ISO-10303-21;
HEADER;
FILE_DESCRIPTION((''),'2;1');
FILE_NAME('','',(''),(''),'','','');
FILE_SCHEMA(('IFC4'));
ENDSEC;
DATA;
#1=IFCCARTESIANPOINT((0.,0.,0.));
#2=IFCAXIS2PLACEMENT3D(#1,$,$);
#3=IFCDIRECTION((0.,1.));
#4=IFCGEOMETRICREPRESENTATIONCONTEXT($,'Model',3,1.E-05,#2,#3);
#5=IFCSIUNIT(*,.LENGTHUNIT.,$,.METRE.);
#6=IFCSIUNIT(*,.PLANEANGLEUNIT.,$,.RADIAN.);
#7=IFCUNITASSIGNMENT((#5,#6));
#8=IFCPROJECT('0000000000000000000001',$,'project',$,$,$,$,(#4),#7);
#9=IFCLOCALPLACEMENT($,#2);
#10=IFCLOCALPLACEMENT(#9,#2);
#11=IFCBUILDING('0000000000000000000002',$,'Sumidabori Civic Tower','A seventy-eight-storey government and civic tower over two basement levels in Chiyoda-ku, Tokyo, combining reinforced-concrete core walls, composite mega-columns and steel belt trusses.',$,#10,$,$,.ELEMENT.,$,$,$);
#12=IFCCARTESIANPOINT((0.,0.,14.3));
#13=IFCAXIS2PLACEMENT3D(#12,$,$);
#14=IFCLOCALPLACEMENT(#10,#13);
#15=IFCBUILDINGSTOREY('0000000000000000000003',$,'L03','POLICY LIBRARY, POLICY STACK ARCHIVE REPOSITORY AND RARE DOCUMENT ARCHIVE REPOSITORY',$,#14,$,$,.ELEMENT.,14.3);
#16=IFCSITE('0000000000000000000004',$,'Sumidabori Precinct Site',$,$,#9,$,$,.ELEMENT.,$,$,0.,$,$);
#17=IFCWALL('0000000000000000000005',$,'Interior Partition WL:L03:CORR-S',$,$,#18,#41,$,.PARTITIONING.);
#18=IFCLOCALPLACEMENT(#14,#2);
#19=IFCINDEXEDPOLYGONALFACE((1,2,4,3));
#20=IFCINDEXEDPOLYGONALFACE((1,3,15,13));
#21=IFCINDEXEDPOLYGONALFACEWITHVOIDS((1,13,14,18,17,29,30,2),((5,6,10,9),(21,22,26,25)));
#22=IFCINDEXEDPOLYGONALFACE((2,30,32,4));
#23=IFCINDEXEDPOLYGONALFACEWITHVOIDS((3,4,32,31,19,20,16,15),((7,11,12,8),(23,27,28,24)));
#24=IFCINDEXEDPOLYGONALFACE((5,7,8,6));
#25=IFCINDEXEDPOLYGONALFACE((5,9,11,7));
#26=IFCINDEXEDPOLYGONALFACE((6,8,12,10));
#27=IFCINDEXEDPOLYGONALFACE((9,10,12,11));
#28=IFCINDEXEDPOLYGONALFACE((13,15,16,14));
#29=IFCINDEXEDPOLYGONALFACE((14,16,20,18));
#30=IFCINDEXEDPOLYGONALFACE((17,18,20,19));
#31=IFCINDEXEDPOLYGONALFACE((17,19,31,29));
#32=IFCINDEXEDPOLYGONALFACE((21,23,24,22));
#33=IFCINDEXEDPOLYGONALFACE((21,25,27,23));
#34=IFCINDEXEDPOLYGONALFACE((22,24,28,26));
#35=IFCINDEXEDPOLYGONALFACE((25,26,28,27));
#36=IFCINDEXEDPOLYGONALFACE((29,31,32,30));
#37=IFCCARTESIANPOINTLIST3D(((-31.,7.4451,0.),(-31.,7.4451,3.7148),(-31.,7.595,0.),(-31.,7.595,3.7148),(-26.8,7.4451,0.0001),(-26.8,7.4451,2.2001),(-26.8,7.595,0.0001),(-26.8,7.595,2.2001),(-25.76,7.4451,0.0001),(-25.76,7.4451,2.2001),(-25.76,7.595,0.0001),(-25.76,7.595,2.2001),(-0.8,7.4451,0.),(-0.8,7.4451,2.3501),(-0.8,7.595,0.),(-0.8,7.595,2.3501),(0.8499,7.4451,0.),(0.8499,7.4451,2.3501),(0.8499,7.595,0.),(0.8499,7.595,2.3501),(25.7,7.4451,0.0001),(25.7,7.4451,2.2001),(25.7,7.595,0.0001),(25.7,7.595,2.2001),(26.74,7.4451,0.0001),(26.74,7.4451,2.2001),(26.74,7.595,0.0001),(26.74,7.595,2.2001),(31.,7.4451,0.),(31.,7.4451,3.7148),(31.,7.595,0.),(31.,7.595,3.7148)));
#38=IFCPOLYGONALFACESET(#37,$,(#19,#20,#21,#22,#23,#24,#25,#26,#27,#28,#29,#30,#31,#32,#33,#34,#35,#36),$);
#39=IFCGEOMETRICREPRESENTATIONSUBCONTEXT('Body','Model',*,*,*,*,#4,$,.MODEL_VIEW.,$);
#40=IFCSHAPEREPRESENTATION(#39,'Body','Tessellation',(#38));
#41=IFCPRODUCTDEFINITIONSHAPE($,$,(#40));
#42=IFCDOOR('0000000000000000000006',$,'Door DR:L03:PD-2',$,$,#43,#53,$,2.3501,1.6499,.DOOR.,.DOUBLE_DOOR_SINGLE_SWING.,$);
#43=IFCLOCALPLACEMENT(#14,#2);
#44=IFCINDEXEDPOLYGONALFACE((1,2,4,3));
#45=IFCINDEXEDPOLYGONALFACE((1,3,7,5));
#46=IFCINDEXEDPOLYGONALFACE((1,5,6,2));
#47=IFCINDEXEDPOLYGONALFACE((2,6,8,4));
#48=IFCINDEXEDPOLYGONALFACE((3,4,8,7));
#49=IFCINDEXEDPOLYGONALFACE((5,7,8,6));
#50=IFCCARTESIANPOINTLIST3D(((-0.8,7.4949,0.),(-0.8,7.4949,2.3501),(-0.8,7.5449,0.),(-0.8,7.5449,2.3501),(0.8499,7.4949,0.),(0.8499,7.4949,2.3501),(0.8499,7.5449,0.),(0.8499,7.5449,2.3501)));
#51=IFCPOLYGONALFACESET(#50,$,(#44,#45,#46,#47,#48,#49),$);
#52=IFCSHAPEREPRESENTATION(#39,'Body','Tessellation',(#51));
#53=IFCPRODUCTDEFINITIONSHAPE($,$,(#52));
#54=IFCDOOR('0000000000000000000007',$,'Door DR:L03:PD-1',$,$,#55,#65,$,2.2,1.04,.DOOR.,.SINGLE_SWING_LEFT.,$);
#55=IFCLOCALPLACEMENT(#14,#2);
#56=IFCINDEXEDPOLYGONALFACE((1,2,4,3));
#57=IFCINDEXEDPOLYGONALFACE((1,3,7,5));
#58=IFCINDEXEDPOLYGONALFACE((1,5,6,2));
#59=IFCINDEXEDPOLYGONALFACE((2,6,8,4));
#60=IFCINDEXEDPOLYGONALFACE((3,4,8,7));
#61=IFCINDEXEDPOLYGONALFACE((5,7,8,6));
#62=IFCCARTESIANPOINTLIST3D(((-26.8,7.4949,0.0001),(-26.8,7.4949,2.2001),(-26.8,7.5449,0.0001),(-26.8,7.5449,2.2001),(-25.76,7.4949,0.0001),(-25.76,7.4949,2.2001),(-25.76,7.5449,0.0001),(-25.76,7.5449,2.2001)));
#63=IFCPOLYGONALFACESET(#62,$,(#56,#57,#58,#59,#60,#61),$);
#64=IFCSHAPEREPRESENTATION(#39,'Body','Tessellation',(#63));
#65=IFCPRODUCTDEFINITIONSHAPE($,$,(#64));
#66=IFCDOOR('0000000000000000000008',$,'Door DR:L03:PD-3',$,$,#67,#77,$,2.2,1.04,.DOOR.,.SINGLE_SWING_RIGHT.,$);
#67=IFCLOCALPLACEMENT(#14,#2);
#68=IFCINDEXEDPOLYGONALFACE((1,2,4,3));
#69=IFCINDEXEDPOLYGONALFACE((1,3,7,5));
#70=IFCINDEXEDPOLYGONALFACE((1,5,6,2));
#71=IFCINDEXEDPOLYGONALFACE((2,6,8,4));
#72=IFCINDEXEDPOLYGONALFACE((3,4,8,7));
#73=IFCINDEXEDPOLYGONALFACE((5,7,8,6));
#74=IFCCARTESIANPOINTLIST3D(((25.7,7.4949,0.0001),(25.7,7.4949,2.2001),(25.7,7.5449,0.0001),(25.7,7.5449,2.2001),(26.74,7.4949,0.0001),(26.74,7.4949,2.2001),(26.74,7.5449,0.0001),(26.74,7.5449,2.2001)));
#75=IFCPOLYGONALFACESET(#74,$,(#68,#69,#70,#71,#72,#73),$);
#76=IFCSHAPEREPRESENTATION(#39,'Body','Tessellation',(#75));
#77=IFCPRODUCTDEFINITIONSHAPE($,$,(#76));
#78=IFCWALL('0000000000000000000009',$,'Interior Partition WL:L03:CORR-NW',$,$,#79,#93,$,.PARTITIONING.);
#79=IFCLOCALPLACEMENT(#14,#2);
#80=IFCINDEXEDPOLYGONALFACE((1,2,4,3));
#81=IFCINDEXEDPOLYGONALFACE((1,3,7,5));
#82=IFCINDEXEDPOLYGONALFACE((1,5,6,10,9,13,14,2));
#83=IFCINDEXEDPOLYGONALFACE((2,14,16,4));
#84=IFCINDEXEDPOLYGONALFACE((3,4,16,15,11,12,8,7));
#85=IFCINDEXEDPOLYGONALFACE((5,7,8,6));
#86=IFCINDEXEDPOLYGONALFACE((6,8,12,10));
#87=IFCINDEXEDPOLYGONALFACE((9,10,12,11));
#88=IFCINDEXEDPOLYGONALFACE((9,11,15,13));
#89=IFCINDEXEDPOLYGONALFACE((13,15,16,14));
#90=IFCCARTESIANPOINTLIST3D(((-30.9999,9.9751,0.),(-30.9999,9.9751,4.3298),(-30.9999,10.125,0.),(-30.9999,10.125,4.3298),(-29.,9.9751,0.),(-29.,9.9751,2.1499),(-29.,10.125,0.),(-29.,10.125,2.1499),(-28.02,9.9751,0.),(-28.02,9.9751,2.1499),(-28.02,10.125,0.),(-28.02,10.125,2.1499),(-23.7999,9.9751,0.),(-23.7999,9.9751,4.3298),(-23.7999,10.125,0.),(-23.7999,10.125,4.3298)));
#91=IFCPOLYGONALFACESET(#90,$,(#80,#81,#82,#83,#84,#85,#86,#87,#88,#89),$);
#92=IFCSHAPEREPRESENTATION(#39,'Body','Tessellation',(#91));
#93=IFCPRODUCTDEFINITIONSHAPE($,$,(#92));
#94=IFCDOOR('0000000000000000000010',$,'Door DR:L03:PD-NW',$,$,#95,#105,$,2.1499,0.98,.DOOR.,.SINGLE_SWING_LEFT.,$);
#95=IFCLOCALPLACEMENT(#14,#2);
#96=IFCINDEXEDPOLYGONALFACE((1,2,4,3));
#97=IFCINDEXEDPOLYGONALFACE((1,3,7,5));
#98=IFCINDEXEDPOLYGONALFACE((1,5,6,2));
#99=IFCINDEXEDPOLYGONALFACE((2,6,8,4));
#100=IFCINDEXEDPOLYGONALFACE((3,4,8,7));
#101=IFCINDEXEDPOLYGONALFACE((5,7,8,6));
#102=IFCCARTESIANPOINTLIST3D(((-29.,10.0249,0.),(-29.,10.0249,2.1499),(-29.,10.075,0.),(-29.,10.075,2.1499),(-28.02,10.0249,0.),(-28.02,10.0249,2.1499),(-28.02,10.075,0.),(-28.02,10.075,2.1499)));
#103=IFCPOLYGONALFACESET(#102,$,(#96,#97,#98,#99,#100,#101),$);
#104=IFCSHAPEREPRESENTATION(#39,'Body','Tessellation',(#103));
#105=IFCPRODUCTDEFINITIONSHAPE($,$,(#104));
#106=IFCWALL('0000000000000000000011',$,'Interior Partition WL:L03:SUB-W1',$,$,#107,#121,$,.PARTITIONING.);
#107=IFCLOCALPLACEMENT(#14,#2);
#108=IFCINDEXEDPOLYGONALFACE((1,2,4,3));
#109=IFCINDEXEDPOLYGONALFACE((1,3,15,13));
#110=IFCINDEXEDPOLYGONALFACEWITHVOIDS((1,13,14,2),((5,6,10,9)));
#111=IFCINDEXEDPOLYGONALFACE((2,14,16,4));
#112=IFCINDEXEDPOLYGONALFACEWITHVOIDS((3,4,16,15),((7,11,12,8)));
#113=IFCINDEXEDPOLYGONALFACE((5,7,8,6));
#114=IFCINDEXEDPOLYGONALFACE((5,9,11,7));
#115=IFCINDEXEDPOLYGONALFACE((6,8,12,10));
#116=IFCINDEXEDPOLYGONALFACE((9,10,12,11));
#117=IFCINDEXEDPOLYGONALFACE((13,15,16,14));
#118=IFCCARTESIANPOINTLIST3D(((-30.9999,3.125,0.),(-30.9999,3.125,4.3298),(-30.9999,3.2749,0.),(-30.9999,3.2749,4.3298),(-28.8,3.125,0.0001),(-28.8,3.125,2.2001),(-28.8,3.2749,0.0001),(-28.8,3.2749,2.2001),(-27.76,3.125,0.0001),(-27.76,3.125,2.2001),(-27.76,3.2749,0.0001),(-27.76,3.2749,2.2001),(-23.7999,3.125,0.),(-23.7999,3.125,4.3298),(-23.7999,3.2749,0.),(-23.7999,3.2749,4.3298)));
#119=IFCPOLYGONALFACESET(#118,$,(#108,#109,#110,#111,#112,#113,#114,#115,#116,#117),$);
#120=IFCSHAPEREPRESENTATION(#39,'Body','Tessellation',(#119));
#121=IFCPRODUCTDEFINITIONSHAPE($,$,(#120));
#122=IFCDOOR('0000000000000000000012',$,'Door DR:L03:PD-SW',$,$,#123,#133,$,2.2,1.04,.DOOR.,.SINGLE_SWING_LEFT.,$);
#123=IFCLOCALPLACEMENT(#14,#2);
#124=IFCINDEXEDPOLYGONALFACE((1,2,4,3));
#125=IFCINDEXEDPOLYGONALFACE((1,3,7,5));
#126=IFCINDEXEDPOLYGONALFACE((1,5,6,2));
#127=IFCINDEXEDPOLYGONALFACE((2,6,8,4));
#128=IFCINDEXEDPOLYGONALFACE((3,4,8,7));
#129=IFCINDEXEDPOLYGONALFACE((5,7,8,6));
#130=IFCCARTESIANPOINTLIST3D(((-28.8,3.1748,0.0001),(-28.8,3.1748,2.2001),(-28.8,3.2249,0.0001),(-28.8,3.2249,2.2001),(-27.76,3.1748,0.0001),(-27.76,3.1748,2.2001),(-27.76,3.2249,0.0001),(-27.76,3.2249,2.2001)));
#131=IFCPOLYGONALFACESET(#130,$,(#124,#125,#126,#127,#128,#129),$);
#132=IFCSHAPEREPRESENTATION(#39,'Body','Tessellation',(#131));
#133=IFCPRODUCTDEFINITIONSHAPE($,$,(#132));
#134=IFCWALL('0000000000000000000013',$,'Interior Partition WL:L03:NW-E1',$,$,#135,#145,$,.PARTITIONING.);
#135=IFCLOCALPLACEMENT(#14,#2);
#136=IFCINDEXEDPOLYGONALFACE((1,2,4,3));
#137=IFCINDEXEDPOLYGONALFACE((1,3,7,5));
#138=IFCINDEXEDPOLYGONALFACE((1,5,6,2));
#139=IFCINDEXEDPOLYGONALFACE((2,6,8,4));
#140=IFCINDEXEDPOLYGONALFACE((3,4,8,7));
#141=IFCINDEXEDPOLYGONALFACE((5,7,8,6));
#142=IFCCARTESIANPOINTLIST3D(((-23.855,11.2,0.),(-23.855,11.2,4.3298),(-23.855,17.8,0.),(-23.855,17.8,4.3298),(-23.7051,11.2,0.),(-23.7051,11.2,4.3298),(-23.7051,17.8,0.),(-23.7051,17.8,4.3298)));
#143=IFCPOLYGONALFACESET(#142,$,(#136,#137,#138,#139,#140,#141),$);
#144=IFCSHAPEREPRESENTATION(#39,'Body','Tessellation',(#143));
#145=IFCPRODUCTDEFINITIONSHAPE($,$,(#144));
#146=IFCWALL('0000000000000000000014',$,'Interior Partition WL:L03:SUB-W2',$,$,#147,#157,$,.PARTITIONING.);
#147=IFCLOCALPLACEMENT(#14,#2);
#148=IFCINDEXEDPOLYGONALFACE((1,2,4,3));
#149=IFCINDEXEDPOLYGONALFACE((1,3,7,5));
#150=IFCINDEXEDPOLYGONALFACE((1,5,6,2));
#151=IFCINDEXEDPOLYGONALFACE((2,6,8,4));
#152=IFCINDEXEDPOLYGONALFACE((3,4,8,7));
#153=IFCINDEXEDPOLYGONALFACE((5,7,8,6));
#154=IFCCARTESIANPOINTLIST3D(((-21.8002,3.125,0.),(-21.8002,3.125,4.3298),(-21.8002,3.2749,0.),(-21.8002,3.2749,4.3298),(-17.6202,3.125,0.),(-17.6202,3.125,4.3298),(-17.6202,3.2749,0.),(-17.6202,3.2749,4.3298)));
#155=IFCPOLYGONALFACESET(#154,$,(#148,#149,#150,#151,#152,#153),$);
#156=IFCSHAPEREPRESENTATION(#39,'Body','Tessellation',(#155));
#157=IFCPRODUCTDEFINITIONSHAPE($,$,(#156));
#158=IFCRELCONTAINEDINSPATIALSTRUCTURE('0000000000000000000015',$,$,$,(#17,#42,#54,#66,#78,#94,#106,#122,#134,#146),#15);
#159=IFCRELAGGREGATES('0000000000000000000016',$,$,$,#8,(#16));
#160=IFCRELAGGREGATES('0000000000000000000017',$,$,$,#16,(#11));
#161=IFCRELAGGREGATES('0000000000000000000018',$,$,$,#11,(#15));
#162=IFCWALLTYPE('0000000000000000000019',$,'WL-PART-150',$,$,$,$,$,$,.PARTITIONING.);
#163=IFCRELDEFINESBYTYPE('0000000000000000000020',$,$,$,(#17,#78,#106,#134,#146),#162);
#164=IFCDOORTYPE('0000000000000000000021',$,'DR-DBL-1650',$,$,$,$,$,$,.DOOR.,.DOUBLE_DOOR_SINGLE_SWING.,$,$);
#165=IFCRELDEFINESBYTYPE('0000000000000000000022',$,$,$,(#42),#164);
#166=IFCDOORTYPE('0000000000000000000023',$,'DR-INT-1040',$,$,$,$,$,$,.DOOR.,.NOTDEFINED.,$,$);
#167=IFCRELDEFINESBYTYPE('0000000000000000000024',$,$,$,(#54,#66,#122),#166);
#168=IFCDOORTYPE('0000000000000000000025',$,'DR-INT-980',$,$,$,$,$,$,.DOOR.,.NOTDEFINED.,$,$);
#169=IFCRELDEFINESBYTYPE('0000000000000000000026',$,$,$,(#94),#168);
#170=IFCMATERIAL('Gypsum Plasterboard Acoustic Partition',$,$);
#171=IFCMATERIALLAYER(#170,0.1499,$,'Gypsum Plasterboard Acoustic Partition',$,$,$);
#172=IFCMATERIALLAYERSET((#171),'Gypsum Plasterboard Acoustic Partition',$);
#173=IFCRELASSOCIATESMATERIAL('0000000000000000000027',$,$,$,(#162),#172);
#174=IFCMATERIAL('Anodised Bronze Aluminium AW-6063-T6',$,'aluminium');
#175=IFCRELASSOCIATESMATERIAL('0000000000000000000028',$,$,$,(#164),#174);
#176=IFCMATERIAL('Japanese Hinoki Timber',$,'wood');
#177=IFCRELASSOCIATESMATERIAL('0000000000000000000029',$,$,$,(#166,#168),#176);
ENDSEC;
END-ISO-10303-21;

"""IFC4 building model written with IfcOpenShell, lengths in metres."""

from ifc_helpers import new_model, si_unit, direction, frame, frame_2d, origin, place, context, subcontext, project, spatial, rectangle, extrude, source, transform, mapped, material, layer, layer_set, type_object, element, fill, save


model = new_model("IFC4")

# Units and contexts
model_context = context("Model", 3, precision=1e-05, world=origin(), true_north=direction((0.0, 1.0)))
body_context = subcontext(model_context, "Body", "Model", "MODEL_VIEW")
ifc_project = project(units=[si_unit("LENGTHUNIT", "METRE"), si_unit("PLANEANGLEUNIT", "RADIAN")], contexts=[model_context])

# Site, building, storey
site_placement = place(None, origin())
site = spatial("IfcSite", under=ifc_project, at=site_placement, Name="Sumidabori Precinct Site", CompositionType="ELEMENT", RefElevation=0.0)
building_placement = place(site_placement, origin())
building = spatial("IfcBuilding", under=site, at=building_placement, Name="Sumidabori Civic Tower", Description="A seventy-eight-storey government and civic tower over two basement levels in Chiyoda-ku, Tokyo, combining reinforced-concrete core walls, composite mega-columns and steel belt trusses.", CompositionType="ELEMENT")
storey_placement = place(building_placement, frame((0.0, 0.0, 14.3)))
storey = spatial("IfcBuildingStorey", under=building, at=storey_placement, Name="L03", Description="POLICY LIBRARY, POLICY STACK ARCHIVE REPOSITORY AND RARE DOCUMENT ARCHIVE REPOSITORY", CompositionType="ELEMENT", Elevation=14.3)

# Wall, openings, doors
ifc_material_1 = material(Name="Gypsum Plasterboard Acoustic Partition")
ifc_layer_1 = layer(ifc_material_1, 0.1499, Name="Gypsum Plasterboard Acoustic Partition")
ifc_layer_set_1 = layer_set([ifc_layer_1], Name="Gypsum Plasterboard Acoustic Partition")
wall_type_1 = type_object("IfcWallType", Name="WL-PART-150", PredefinedType="PARTITIONING", material=ifc_layer_set_1)
shared_shape_1 = source(origin(), body_context, "Body", "SweptSolid", [
    extrude(rectangle(XDim=62.0, YDim=0.1499, at=frame_2d((31.0, 0.0))), origin(), (0.0, 0.0, 1.0), 3.7148),
])
wall_1_placement = place(storey_placement, frame((-31.0, 7.52, 0.0), z_axis=(0.0, 0.0, 1.0), x_axis=(1.0, 0.0, 0.0)))
wall_1 = element("IfcWall", 1, at=wall_1_placement, inside=storey, type_object=wall_type_1, Name="Interior Partition WL:L03:CORR-S", PredefinedType="PARTITIONING", context=body_context, shape_type="MappedRepresentation", body=[
    mapped(shared_shape_1, transform((0.0, 0.0, 0.0), x_axis=(1.0, 0.0, 0.0), y_axis=(0.0, 1.0, 0.0), z_axis=(0.0, 0.0, 1.0), scale=1.0)),
])
opening_1_placement = place(wall_1_placement, frame((4.2, 0.0, 0.0)))
opening_1 = element("IfcOpeningElement", 2, at=opening_1_placement, cuts=wall_1, PredefinedType="OPENING", context=body_context, shape_type="SweptSolid", body=[
    extrude(rectangle(XDim=1.04, YDim=2.2, at=frame_2d((0.52, 1.1001))), frame((0.0, 0.0869, 0.0), z_axis=(0.0, -1.0, 0.0), x_axis=(1.0, 0.0, 0.0)), (0.0, 0.0, 1.0), 0.1738),
])
opening_2_placement = place(wall_1_placement, frame((30.2, 0.0, 0.0)))
opening_2 = element("IfcOpeningElement", 3, at=opening_2_placement, cuts=wall_1, PredefinedType="OPENING", context=body_context, shape_type="SweptSolid", body=[
    extrude(rectangle(XDim=1.6499, YDim=2.3501, at=frame_2d((0.825, 1.175))), frame((0.0, 0.0869, 0.0), z_axis=(0.0, -1.0, 0.0), x_axis=(1.0, 0.0, 0.0)), (0.0, 0.0, 1.0), 0.1738),
])
opening_3_placement = place(wall_1_placement, frame((56.7, 0.0, 0.0)))
opening_3 = element("IfcOpeningElement", 4, at=opening_3_placement, cuts=wall_1, PredefinedType="OPENING", context=body_context, shape_type="SweptSolid", body=[
    extrude(rectangle(XDim=1.04, YDim=2.2, at=frame_2d((0.52, 1.1001))), frame((0.0, 0.0869, 0.0), z_axis=(0.0, -1.0, 0.0), x_axis=(1.0, 0.0, 0.0)), (0.0, 0.0, 1.0), 0.1738),
])
ifc_material_2 = material(Name="Anodised Bronze Aluminium AW-6063-T6", Category="aluminium")
door_type_1 = type_object("IfcDoorType", Name="DR-DBL-1650", OperationType="DOUBLE_DOOR_SINGLE_SWING", PredefinedType="DOOR", material=ifc_material_2)
shared_shape_2 = source(origin(), body_context, "Body", "SweptSolid", [
    extrude(rectangle(XDim=1.6499, YDim=2.3501, at=frame_2d((0.825, 1.175))), frame((0.0, 0.0249, 0.0), z_axis=(0.0, -1.0, 0.0), x_axis=(1.0, 0.0, 0.0)), (0.0, 0.0, 1.0), 0.05),
])
door_1_placement = place(opening_2_placement, origin())
door_1 = element("IfcDoor", 5, at=door_1_placement, inside=storey, type_object=door_type_1, Name="Door DR:L03:PD-2", OperationType="DOUBLE_DOOR_SINGLE_SWING", OverallHeight=2.3501, OverallWidth=1.6499, PredefinedType="DOOR", context=body_context, shape_type="MappedRepresentation", body=[
    mapped(shared_shape_2, transform((0.0, 0.0, 0.0), x_axis=(1.0, 0.0, 0.0), y_axis=(0.0, 1.0, 0.0), z_axis=(0.0, 0.0, 1.0), scale=1.0)),
])
fill(opening_2, door_1)
ifc_material_3 = material(Name="Japanese Hinoki Timber", Category="wood")
door_type_2 = type_object("IfcDoorType", Name="DR-INT-1040", OperationType="NOTDEFINED", PredefinedType="DOOR", material=ifc_material_3)
shared_shape_3 = source(origin(), body_context, "Body", "SweptSolid", [
    extrude(rectangle(XDim=1.04, YDim=2.2, at=frame_2d((0.52, 1.1001))), frame((0.0, 0.0249, 0.0), z_axis=(0.0, -1.0, 0.0), x_axis=(1.0, 0.0, 0.0)), (0.0, 0.0, 1.0), 0.05),
])
door_2_placement = place(opening_1_placement, origin())
door_2 = element("IfcDoor", 6, at=door_2_placement, inside=storey, type_object=door_type_2, Name="Door DR:L03:PD-1", OperationType="SINGLE_SWING_LEFT", OverallHeight=2.2, OverallWidth=1.04, PredefinedType="DOOR", context=body_context, shape_type="MappedRepresentation", body=[
    mapped(shared_shape_3, transform((0.0, 0.0, 0.0), x_axis=(1.0, 0.0, 0.0), y_axis=(0.0, 1.0, 0.0), z_axis=(0.0, 0.0, 1.0), scale=1.0)),
])
fill(opening_1, door_2)
door_3_placement = place(opening_3_placement, origin())
door_3 = element("IfcDoor", 7, at=door_3_placement, inside=storey, type_object=door_type_2, Name="Door DR:L03:PD-3", OperationType="SINGLE_SWING_RIGHT", OverallHeight=2.2, OverallWidth=1.04, PredefinedType="DOOR", context=body_context, shape_type="MappedRepresentation", body=[
    mapped(shared_shape_3, transform((0.0, 0.0, 0.0), x_axis=(1.0, 0.0, 0.0), y_axis=(0.0, 1.0, 0.0), z_axis=(0.0, 0.0, 1.0), scale=1.0)),
])
fill(opening_3, door_3)

# Walls, openings, doors
shared_shape_4 = source(origin(), body_context, "Body", "SweptSolid", [
    extrude(rectangle(XDim=7.2, YDim=0.1499, at=frame_2d((3.6001, 0.0))), origin(), (0.0, 0.0, 1.0), 4.3298),
])
wall_2_placement = place(storey_placement, frame((-31.0, 10.05, 0.0), z_axis=(0.0, 0.0, 1.0), x_axis=(1.0, 0.0, 0.0)))
wall_2 = element("IfcWall", 8, at=wall_2_placement, inside=storey, type_object=wall_type_1, Name="Interior Partition WL:L03:CORR-NW", PredefinedType="PARTITIONING", context=body_context, shape_type="MappedRepresentation", body=[
    mapped(shared_shape_4, transform((0.0, 0.0, 0.0), x_axis=(1.0, 0.0, 0.0), y_axis=(0.0, 1.0, 0.0), z_axis=(0.0, 0.0, 1.0), scale=1.0)),
])
opening_4_placement = place(wall_2_placement, frame((2.0, 0.0, 0.0)))
opening_4 = element("IfcOpeningElement", 9, at=opening_4_placement, cuts=wall_2, PredefinedType="OPENING", context=body_context, shape_type="SweptSolid", body=[
    extrude(rectangle(XDim=0.98, YDim=2.1499, at=frame_2d((0.49, 1.075))), frame((0.0, 0.0869, 0.0), z_axis=(0.0, -1.0, 0.0), x_axis=(1.0, 0.0, 0.0)), (0.0, 0.0, 1.0), 0.1738),
])
door_type_3 = type_object("IfcDoorType", Name="DR-INT-980", OperationType="NOTDEFINED", PredefinedType="DOOR", material=ifc_material_3)
shared_shape_5 = source(origin(), body_context, "Body", "SweptSolid", [
    extrude(rectangle(XDim=0.98, YDim=2.1499, at=frame_2d((0.49, 1.075))), frame((0.0, 0.0249, 0.0), z_axis=(0.0, -1.0, 0.0), x_axis=(1.0, 0.0, 0.0)), (0.0, 0.0, 1.0), 0.05),
])
door_4_placement = place(opening_4_placement, origin())
door_4 = element("IfcDoor", 10, at=door_4_placement, inside=storey, type_object=door_type_3, Name="Door DR:L03:PD-NW", OperationType="SINGLE_SWING_LEFT", OverallHeight=2.1499, OverallWidth=0.98, PredefinedType="DOOR", context=body_context, shape_type="MappedRepresentation", body=[
    mapped(shared_shape_5, transform((0.0, 0.0, 0.0), x_axis=(1.0, 0.0, 0.0), y_axis=(0.0, 1.0, 0.0), z_axis=(0.0, 0.0, 1.0), scale=1.0)),
])
fill(opening_4, door_4)
wall_3_placement = place(storey_placement, frame((-31.0, 3.2, 0.0), z_axis=(0.0, 0.0, 1.0), x_axis=(1.0, 0.0, 0.0)))
wall_3 = element("IfcWall", 11, at=wall_3_placement, inside=storey, type_object=wall_type_1, Name="Interior Partition WL:L03:SUB-W1", PredefinedType="PARTITIONING", context=body_context, shape_type="MappedRepresentation", body=[
    mapped(shared_shape_4, transform((0.0, 0.0, 0.0), x_axis=(1.0, 0.0, 0.0), y_axis=(0.0, 1.0, 0.0), z_axis=(0.0, 0.0, 1.0), scale=1.0)),
])
opening_5_placement = place(wall_3_placement, frame((2.2, 0.0, 0.0)))
opening_5 = element("IfcOpeningElement", 12, at=opening_5_placement, cuts=wall_3, PredefinedType="OPENING", context=body_context, shape_type="SweptSolid", body=[
    extrude(rectangle(XDim=1.04, YDim=2.2, at=frame_2d((0.52, 1.1001))), frame((0.0, 0.0869, 0.0), z_axis=(0.0, -1.0, 0.0), x_axis=(1.0, 0.0, 0.0)), (0.0, 0.0, 1.0), 0.1738),
])
door_5_placement = place(opening_5_placement, origin())
door_5 = element("IfcDoor", 13, at=door_5_placement, inside=storey, type_object=door_type_2, Name="Door DR:L03:PD-SW", OperationType="SINGLE_SWING_LEFT", OverallHeight=2.2, OverallWidth=1.04, PredefinedType="DOOR", context=body_context, shape_type="MappedRepresentation", body=[
    mapped(shared_shape_3, transform((0.0, 0.0, 0.0), x_axis=(1.0, 0.0, 0.0), y_axis=(0.0, 1.0, 0.0), z_axis=(0.0, 0.0, 1.0), scale=1.0)),
])
fill(opening_5, door_5)

# Walls
shared_shape_6 = source(origin(), body_context, "Body", "SweptSolid", [
    extrude(rectangle(XDim=6.6001, YDim=0.1499, at=frame_2d((3.3, 0.0))), origin(), (0.0, 0.0, 1.0), 4.3298),
])
wall_4_placement = place(storey_placement, frame((-23.78, 11.2, 0.0), z_axis=(0.0, 0.0, 1.0), x_axis=(0.0, 1.0, 0.0)))
element("IfcWall", 14, at=wall_4_placement, inside=storey, type_object=wall_type_1, Name="Interior Partition WL:L03:NW-E1", PredefinedType="PARTITIONING", context=body_context, shape_type="MappedRepresentation", body=[
    mapped(shared_shape_6, transform((0.0, 0.0, 0.0), x_axis=(1.0, 0.0, 0.0), y_axis=(0.0, 1.0, 0.0), z_axis=(0.0, 0.0, 1.0), scale=1.0)),
])
shared_shape_7 = source(origin(), body_context, "Body", "SweptSolid", [
    extrude(rectangle(XDim=4.1799, YDim=0.1499, at=frame_2d((2.0898, 0.0))), origin(), (0.0, 0.0, 1.0), 4.3298),
])
wall_5_placement = place(storey_placement, frame((-21.8, 3.2, 0.0), z_axis=(0.0, 0.0, 1.0), x_axis=(1.0, 0.0, 0.0)))
element("IfcWall", 15, at=wall_5_placement, inside=storey, type_object=wall_type_1, Name="Interior Partition WL:L03:SUB-W2", PredefinedType="PARTITIONING", context=body_context, shape_type="MappedRepresentation", body=[
    mapped(shared_shape_7, transform((0.0, 0.0, 0.0), x_axis=(1.0, 0.0, 0.0), y_axis=(0.0, 1.0, 0.0), z_axis=(0.0, 0.0, 1.0), scale=1.0)),
])

save(model, "model.ifc")
